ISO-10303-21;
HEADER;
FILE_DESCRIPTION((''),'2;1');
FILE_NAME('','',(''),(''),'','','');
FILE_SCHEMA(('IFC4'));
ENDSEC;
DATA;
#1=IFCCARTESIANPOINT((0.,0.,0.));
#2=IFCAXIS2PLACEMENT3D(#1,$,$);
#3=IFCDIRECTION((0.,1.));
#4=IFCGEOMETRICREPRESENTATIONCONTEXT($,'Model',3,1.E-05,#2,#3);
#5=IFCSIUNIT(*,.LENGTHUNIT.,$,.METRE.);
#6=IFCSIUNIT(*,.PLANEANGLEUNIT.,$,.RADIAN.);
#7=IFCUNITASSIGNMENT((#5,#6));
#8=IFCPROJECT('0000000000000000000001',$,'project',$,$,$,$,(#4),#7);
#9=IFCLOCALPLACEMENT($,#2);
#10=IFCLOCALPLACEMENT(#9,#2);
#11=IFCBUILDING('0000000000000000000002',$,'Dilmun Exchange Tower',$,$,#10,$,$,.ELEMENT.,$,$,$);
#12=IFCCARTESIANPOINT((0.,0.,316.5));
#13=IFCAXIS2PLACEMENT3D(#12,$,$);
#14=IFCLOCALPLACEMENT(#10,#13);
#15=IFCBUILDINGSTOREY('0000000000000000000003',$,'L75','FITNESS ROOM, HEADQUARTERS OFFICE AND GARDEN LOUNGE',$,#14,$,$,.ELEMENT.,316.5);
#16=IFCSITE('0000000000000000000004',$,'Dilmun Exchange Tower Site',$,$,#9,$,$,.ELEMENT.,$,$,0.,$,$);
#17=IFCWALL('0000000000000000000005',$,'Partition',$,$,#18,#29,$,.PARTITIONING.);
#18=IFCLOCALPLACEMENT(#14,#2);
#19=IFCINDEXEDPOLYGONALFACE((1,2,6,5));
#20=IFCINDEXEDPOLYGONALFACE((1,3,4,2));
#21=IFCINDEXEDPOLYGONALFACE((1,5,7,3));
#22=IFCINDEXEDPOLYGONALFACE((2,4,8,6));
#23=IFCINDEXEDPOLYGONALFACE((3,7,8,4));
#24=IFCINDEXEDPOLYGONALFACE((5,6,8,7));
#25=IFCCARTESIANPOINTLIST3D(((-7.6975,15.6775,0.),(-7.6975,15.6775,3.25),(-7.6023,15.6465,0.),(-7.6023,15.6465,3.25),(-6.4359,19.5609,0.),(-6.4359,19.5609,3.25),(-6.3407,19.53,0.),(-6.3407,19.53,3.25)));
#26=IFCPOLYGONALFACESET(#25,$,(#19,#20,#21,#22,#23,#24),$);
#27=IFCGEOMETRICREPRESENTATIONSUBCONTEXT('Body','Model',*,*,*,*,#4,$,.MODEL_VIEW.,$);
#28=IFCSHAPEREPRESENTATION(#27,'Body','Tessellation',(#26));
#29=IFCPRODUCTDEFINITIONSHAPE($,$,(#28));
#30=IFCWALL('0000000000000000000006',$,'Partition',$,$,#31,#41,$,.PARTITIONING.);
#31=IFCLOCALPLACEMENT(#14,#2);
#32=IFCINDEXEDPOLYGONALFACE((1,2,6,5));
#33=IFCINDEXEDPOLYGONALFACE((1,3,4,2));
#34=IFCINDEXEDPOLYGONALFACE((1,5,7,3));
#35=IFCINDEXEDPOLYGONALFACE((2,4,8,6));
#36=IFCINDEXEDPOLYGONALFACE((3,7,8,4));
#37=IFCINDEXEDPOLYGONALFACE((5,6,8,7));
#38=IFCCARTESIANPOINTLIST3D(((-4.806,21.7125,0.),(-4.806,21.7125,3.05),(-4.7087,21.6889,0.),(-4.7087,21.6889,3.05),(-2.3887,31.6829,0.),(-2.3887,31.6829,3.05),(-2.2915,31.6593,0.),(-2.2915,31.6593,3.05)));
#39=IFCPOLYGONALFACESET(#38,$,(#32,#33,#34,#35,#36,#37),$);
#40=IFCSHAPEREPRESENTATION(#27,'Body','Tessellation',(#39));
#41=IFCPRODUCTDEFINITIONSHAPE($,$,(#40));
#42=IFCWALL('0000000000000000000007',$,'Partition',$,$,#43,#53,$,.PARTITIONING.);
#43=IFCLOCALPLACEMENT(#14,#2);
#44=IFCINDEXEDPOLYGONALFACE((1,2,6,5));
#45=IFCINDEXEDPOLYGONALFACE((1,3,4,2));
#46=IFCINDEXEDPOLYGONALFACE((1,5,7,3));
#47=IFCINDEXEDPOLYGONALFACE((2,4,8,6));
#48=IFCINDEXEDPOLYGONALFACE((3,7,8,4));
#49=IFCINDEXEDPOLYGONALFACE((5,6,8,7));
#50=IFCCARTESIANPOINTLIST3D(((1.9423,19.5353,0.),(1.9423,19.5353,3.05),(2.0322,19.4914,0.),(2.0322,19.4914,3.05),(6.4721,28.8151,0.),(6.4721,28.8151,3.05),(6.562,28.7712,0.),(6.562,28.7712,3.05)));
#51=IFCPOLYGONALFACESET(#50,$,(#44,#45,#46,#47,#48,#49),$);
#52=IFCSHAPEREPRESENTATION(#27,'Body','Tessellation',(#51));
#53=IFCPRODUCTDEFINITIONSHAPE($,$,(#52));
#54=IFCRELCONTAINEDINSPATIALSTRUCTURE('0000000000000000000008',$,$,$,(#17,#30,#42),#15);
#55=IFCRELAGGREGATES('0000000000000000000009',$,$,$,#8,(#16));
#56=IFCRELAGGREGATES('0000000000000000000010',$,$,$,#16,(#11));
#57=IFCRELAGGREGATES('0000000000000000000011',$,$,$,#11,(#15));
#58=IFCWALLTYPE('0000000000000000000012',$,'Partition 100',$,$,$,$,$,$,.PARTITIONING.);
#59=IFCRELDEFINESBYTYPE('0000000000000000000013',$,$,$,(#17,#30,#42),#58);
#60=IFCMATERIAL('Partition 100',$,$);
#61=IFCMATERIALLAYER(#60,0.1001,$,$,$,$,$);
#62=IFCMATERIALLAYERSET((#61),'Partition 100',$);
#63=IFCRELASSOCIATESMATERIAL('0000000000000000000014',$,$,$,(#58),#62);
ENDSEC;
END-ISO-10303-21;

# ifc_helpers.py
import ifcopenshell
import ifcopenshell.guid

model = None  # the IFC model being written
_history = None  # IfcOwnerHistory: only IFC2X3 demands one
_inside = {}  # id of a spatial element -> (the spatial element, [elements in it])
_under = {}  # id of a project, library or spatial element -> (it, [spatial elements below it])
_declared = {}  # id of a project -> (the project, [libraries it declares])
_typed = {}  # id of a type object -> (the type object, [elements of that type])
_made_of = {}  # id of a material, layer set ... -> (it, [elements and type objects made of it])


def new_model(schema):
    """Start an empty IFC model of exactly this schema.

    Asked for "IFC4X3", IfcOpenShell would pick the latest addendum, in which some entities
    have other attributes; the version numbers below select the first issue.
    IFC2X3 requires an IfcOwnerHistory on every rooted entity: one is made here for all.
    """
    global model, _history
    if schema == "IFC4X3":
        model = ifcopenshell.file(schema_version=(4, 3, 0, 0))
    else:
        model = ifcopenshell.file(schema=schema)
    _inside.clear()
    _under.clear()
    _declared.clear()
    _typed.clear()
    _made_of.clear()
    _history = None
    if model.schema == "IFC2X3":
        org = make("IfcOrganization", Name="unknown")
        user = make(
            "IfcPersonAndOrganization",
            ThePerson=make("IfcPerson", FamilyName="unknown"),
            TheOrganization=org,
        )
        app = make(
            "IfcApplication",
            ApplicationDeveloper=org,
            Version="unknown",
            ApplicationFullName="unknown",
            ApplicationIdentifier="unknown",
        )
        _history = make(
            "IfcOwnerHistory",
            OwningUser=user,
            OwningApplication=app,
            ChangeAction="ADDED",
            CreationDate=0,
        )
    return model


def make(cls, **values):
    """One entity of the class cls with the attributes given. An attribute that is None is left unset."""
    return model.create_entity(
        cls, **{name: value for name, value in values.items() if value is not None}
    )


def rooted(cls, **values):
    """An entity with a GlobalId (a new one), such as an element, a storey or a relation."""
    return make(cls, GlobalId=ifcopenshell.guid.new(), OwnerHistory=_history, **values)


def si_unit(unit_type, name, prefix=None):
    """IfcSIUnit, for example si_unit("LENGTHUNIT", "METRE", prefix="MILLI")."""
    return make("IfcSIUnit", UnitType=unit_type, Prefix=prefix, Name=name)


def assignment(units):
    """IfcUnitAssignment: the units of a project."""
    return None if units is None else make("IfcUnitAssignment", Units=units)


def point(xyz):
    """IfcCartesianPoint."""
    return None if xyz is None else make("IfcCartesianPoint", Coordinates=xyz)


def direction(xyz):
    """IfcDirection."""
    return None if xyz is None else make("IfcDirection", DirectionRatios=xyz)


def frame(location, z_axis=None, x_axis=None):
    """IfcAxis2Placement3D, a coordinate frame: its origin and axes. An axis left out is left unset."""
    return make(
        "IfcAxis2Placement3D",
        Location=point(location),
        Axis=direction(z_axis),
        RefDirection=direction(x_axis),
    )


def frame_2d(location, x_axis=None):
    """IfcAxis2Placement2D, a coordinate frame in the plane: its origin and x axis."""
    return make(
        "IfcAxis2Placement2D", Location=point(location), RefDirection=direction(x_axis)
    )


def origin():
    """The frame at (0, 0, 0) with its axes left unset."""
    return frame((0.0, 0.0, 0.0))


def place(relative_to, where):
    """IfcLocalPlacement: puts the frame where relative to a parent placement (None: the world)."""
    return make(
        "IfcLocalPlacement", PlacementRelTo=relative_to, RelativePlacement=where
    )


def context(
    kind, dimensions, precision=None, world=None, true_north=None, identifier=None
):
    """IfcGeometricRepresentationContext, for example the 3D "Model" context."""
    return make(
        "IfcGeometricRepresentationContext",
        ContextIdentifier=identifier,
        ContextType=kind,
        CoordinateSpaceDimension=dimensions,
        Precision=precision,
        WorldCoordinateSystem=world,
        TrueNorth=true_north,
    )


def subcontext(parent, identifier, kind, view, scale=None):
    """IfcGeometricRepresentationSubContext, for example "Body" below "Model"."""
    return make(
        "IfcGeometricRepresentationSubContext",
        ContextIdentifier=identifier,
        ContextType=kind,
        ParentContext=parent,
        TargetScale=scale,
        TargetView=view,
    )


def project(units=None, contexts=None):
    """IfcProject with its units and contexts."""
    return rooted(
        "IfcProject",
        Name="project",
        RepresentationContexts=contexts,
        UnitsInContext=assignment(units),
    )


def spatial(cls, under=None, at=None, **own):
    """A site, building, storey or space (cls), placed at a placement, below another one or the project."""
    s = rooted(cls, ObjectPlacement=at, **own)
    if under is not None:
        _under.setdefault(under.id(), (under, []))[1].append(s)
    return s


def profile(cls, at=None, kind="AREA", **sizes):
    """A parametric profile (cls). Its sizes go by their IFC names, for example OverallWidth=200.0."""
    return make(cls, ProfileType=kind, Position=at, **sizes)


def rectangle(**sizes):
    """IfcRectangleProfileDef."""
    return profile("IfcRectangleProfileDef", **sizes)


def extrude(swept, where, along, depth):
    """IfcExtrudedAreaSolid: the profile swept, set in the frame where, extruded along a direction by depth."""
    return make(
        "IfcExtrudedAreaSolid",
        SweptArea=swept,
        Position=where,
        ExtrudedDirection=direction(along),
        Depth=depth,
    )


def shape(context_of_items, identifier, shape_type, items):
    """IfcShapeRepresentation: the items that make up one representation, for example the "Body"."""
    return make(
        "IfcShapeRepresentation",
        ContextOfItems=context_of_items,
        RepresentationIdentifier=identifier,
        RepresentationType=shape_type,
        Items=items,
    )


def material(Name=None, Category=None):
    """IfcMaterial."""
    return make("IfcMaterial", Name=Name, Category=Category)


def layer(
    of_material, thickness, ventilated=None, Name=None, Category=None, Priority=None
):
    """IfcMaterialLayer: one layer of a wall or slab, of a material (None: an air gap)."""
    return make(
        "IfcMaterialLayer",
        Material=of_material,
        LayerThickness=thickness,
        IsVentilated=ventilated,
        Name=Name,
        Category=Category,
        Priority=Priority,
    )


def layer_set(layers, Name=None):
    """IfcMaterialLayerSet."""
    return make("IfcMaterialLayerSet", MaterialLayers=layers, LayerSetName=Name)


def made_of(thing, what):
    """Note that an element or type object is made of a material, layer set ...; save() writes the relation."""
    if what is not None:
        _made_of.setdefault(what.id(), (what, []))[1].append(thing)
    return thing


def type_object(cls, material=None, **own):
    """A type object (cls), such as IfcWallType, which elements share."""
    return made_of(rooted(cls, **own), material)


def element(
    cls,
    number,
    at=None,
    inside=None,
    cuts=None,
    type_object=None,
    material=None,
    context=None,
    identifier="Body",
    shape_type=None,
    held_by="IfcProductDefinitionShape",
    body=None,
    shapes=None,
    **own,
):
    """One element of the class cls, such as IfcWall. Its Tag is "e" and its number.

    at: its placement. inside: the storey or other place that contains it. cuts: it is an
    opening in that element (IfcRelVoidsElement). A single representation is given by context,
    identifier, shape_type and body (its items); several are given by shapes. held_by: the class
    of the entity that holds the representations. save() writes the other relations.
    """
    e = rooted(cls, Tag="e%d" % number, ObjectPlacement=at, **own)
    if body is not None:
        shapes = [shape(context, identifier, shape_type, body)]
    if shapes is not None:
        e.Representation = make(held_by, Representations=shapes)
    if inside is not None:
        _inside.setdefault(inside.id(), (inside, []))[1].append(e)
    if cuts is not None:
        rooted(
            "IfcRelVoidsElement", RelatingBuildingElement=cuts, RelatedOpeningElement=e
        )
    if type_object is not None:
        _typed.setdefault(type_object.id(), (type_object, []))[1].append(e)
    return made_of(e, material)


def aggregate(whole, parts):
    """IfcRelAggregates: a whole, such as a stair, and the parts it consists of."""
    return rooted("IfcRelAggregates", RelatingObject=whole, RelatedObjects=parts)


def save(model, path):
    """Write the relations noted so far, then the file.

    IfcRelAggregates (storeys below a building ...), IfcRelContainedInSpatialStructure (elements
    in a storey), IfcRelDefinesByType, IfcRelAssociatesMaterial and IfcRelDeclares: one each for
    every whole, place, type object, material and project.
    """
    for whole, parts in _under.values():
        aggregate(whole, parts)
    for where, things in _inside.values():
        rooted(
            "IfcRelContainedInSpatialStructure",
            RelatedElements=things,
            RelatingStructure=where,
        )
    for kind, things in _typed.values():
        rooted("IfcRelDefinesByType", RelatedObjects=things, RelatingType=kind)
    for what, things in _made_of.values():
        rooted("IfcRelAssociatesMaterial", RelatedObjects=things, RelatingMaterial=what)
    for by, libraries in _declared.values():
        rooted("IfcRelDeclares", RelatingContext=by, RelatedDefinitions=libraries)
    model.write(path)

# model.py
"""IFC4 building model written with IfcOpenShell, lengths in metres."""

from ifc_helpers import new_model, si_unit, direction, frame, frame_2d, origin, place, context, subcontext, project, spatial, rectangle, extrude, material, layer, layer_set, type_object, element, save


model = new_model("IFC4")

# Units and contexts
model_context = context("Model", 3, precision=1e-05, world=origin(), true_north=direction((0.0, 1.0)))
body_context = subcontext(model_context, "Body", "Model", "MODEL_VIEW")
ifc_project = project(units=[si_unit("LENGTHUNIT", "METRE"), si_unit("PLANEANGLEUNIT", "RADIAN")], contexts=[model_context])

# Site, building, storey
site_placement = place(None, origin())
site = spatial("IfcSite", under=ifc_project, at=site_placement, Name="Dilmun Exchange Tower Site", CompositionType="ELEMENT", RefElevation=0.0)
building_placement = place(site_placement, origin())
building = spatial("IfcBuilding", under=site, at=building_placement, Name="Dilmun Exchange Tower", CompositionType="ELEMENT")
storey_placement = place(building_placement, frame((0.0, 0.0, 316.5)))
storey = spatial("IfcBuildingStorey", under=building, at=storey_placement, Name="L75", Description="FITNESS ROOM, HEADQUARTERS OFFICE AND GARDEN LOUNGE", CompositionType="ELEMENT", Elevation=316.5)

# Walls
ifc_material_1 = material(Name="Partition 100")
ifc_layer_1 = layer(ifc_material_1, 0.1001)
ifc_layer_set_1 = layer_set([ifc_layer_1], Name="Partition 100")
wall_type_1 = type_object("IfcWallType", Name="Partition 100", PredefinedType="PARTITIONING", material=ifc_layer_set_1)
wall_1_placement = place(storey_placement, frame((-7.6499, 15.6621, 0.0), z_axis=(0.0, 0.0, 1.0), x_axis=(0.30899, 0.951065, 0.0)))
element("IfcWall", 1, at=wall_1_placement, inside=storey, type_object=wall_type_1, Name="Partition", PredefinedType="PARTITIONING", context=body_context, shape_type="SweptSolid", body=[
    extrude(rectangle(XDim=4.0833, YDim=0.1001, at=frame_2d((2.0415, 0.0))), origin(), (0.0, 0.0, 1.0), 3.25),
])
wall_2_placement = place(storey_placement, frame((-4.7573, 21.7007, 0.0), z_axis=(0.0, 0.0, 1.0), x_axis=(0.235614, 0.971847, 0.0)))
element("IfcWall", 2, at=wall_2_placement, inside=storey, type_object=wall_type_1, Name="Partition", PredefinedType="PARTITIONING", context=body_context, shape_type="SweptSolid", body=[
    extrude(rectangle(XDim=10.2593, YDim=0.1001, at=frame_2d((5.1296, 0.0))), origin(), (0.0, 0.0, 1.0), 3.05),
])
wall_3_placement = place(storey_placement, frame((1.9873, 19.5134, 0.0), z_axis=(0.0, 0.0, 1.0), x_axis=(0.438663, 0.898652, 0.0)))
element("IfcWall", 3, at=wall_3_placement, inside=storey, type_object=wall_type_1, Name="Partition", PredefinedType="PARTITIONING", context=body_context, shape_type="SweptSolid", body=[
    extrude(rectangle(XDim=10.3264, YDim=0.1001, at=frame_2d((5.1631, 0.0))), origin(), (0.0, 0.0, 1.0), 3.05),
])

save(model, "model.ifc")
